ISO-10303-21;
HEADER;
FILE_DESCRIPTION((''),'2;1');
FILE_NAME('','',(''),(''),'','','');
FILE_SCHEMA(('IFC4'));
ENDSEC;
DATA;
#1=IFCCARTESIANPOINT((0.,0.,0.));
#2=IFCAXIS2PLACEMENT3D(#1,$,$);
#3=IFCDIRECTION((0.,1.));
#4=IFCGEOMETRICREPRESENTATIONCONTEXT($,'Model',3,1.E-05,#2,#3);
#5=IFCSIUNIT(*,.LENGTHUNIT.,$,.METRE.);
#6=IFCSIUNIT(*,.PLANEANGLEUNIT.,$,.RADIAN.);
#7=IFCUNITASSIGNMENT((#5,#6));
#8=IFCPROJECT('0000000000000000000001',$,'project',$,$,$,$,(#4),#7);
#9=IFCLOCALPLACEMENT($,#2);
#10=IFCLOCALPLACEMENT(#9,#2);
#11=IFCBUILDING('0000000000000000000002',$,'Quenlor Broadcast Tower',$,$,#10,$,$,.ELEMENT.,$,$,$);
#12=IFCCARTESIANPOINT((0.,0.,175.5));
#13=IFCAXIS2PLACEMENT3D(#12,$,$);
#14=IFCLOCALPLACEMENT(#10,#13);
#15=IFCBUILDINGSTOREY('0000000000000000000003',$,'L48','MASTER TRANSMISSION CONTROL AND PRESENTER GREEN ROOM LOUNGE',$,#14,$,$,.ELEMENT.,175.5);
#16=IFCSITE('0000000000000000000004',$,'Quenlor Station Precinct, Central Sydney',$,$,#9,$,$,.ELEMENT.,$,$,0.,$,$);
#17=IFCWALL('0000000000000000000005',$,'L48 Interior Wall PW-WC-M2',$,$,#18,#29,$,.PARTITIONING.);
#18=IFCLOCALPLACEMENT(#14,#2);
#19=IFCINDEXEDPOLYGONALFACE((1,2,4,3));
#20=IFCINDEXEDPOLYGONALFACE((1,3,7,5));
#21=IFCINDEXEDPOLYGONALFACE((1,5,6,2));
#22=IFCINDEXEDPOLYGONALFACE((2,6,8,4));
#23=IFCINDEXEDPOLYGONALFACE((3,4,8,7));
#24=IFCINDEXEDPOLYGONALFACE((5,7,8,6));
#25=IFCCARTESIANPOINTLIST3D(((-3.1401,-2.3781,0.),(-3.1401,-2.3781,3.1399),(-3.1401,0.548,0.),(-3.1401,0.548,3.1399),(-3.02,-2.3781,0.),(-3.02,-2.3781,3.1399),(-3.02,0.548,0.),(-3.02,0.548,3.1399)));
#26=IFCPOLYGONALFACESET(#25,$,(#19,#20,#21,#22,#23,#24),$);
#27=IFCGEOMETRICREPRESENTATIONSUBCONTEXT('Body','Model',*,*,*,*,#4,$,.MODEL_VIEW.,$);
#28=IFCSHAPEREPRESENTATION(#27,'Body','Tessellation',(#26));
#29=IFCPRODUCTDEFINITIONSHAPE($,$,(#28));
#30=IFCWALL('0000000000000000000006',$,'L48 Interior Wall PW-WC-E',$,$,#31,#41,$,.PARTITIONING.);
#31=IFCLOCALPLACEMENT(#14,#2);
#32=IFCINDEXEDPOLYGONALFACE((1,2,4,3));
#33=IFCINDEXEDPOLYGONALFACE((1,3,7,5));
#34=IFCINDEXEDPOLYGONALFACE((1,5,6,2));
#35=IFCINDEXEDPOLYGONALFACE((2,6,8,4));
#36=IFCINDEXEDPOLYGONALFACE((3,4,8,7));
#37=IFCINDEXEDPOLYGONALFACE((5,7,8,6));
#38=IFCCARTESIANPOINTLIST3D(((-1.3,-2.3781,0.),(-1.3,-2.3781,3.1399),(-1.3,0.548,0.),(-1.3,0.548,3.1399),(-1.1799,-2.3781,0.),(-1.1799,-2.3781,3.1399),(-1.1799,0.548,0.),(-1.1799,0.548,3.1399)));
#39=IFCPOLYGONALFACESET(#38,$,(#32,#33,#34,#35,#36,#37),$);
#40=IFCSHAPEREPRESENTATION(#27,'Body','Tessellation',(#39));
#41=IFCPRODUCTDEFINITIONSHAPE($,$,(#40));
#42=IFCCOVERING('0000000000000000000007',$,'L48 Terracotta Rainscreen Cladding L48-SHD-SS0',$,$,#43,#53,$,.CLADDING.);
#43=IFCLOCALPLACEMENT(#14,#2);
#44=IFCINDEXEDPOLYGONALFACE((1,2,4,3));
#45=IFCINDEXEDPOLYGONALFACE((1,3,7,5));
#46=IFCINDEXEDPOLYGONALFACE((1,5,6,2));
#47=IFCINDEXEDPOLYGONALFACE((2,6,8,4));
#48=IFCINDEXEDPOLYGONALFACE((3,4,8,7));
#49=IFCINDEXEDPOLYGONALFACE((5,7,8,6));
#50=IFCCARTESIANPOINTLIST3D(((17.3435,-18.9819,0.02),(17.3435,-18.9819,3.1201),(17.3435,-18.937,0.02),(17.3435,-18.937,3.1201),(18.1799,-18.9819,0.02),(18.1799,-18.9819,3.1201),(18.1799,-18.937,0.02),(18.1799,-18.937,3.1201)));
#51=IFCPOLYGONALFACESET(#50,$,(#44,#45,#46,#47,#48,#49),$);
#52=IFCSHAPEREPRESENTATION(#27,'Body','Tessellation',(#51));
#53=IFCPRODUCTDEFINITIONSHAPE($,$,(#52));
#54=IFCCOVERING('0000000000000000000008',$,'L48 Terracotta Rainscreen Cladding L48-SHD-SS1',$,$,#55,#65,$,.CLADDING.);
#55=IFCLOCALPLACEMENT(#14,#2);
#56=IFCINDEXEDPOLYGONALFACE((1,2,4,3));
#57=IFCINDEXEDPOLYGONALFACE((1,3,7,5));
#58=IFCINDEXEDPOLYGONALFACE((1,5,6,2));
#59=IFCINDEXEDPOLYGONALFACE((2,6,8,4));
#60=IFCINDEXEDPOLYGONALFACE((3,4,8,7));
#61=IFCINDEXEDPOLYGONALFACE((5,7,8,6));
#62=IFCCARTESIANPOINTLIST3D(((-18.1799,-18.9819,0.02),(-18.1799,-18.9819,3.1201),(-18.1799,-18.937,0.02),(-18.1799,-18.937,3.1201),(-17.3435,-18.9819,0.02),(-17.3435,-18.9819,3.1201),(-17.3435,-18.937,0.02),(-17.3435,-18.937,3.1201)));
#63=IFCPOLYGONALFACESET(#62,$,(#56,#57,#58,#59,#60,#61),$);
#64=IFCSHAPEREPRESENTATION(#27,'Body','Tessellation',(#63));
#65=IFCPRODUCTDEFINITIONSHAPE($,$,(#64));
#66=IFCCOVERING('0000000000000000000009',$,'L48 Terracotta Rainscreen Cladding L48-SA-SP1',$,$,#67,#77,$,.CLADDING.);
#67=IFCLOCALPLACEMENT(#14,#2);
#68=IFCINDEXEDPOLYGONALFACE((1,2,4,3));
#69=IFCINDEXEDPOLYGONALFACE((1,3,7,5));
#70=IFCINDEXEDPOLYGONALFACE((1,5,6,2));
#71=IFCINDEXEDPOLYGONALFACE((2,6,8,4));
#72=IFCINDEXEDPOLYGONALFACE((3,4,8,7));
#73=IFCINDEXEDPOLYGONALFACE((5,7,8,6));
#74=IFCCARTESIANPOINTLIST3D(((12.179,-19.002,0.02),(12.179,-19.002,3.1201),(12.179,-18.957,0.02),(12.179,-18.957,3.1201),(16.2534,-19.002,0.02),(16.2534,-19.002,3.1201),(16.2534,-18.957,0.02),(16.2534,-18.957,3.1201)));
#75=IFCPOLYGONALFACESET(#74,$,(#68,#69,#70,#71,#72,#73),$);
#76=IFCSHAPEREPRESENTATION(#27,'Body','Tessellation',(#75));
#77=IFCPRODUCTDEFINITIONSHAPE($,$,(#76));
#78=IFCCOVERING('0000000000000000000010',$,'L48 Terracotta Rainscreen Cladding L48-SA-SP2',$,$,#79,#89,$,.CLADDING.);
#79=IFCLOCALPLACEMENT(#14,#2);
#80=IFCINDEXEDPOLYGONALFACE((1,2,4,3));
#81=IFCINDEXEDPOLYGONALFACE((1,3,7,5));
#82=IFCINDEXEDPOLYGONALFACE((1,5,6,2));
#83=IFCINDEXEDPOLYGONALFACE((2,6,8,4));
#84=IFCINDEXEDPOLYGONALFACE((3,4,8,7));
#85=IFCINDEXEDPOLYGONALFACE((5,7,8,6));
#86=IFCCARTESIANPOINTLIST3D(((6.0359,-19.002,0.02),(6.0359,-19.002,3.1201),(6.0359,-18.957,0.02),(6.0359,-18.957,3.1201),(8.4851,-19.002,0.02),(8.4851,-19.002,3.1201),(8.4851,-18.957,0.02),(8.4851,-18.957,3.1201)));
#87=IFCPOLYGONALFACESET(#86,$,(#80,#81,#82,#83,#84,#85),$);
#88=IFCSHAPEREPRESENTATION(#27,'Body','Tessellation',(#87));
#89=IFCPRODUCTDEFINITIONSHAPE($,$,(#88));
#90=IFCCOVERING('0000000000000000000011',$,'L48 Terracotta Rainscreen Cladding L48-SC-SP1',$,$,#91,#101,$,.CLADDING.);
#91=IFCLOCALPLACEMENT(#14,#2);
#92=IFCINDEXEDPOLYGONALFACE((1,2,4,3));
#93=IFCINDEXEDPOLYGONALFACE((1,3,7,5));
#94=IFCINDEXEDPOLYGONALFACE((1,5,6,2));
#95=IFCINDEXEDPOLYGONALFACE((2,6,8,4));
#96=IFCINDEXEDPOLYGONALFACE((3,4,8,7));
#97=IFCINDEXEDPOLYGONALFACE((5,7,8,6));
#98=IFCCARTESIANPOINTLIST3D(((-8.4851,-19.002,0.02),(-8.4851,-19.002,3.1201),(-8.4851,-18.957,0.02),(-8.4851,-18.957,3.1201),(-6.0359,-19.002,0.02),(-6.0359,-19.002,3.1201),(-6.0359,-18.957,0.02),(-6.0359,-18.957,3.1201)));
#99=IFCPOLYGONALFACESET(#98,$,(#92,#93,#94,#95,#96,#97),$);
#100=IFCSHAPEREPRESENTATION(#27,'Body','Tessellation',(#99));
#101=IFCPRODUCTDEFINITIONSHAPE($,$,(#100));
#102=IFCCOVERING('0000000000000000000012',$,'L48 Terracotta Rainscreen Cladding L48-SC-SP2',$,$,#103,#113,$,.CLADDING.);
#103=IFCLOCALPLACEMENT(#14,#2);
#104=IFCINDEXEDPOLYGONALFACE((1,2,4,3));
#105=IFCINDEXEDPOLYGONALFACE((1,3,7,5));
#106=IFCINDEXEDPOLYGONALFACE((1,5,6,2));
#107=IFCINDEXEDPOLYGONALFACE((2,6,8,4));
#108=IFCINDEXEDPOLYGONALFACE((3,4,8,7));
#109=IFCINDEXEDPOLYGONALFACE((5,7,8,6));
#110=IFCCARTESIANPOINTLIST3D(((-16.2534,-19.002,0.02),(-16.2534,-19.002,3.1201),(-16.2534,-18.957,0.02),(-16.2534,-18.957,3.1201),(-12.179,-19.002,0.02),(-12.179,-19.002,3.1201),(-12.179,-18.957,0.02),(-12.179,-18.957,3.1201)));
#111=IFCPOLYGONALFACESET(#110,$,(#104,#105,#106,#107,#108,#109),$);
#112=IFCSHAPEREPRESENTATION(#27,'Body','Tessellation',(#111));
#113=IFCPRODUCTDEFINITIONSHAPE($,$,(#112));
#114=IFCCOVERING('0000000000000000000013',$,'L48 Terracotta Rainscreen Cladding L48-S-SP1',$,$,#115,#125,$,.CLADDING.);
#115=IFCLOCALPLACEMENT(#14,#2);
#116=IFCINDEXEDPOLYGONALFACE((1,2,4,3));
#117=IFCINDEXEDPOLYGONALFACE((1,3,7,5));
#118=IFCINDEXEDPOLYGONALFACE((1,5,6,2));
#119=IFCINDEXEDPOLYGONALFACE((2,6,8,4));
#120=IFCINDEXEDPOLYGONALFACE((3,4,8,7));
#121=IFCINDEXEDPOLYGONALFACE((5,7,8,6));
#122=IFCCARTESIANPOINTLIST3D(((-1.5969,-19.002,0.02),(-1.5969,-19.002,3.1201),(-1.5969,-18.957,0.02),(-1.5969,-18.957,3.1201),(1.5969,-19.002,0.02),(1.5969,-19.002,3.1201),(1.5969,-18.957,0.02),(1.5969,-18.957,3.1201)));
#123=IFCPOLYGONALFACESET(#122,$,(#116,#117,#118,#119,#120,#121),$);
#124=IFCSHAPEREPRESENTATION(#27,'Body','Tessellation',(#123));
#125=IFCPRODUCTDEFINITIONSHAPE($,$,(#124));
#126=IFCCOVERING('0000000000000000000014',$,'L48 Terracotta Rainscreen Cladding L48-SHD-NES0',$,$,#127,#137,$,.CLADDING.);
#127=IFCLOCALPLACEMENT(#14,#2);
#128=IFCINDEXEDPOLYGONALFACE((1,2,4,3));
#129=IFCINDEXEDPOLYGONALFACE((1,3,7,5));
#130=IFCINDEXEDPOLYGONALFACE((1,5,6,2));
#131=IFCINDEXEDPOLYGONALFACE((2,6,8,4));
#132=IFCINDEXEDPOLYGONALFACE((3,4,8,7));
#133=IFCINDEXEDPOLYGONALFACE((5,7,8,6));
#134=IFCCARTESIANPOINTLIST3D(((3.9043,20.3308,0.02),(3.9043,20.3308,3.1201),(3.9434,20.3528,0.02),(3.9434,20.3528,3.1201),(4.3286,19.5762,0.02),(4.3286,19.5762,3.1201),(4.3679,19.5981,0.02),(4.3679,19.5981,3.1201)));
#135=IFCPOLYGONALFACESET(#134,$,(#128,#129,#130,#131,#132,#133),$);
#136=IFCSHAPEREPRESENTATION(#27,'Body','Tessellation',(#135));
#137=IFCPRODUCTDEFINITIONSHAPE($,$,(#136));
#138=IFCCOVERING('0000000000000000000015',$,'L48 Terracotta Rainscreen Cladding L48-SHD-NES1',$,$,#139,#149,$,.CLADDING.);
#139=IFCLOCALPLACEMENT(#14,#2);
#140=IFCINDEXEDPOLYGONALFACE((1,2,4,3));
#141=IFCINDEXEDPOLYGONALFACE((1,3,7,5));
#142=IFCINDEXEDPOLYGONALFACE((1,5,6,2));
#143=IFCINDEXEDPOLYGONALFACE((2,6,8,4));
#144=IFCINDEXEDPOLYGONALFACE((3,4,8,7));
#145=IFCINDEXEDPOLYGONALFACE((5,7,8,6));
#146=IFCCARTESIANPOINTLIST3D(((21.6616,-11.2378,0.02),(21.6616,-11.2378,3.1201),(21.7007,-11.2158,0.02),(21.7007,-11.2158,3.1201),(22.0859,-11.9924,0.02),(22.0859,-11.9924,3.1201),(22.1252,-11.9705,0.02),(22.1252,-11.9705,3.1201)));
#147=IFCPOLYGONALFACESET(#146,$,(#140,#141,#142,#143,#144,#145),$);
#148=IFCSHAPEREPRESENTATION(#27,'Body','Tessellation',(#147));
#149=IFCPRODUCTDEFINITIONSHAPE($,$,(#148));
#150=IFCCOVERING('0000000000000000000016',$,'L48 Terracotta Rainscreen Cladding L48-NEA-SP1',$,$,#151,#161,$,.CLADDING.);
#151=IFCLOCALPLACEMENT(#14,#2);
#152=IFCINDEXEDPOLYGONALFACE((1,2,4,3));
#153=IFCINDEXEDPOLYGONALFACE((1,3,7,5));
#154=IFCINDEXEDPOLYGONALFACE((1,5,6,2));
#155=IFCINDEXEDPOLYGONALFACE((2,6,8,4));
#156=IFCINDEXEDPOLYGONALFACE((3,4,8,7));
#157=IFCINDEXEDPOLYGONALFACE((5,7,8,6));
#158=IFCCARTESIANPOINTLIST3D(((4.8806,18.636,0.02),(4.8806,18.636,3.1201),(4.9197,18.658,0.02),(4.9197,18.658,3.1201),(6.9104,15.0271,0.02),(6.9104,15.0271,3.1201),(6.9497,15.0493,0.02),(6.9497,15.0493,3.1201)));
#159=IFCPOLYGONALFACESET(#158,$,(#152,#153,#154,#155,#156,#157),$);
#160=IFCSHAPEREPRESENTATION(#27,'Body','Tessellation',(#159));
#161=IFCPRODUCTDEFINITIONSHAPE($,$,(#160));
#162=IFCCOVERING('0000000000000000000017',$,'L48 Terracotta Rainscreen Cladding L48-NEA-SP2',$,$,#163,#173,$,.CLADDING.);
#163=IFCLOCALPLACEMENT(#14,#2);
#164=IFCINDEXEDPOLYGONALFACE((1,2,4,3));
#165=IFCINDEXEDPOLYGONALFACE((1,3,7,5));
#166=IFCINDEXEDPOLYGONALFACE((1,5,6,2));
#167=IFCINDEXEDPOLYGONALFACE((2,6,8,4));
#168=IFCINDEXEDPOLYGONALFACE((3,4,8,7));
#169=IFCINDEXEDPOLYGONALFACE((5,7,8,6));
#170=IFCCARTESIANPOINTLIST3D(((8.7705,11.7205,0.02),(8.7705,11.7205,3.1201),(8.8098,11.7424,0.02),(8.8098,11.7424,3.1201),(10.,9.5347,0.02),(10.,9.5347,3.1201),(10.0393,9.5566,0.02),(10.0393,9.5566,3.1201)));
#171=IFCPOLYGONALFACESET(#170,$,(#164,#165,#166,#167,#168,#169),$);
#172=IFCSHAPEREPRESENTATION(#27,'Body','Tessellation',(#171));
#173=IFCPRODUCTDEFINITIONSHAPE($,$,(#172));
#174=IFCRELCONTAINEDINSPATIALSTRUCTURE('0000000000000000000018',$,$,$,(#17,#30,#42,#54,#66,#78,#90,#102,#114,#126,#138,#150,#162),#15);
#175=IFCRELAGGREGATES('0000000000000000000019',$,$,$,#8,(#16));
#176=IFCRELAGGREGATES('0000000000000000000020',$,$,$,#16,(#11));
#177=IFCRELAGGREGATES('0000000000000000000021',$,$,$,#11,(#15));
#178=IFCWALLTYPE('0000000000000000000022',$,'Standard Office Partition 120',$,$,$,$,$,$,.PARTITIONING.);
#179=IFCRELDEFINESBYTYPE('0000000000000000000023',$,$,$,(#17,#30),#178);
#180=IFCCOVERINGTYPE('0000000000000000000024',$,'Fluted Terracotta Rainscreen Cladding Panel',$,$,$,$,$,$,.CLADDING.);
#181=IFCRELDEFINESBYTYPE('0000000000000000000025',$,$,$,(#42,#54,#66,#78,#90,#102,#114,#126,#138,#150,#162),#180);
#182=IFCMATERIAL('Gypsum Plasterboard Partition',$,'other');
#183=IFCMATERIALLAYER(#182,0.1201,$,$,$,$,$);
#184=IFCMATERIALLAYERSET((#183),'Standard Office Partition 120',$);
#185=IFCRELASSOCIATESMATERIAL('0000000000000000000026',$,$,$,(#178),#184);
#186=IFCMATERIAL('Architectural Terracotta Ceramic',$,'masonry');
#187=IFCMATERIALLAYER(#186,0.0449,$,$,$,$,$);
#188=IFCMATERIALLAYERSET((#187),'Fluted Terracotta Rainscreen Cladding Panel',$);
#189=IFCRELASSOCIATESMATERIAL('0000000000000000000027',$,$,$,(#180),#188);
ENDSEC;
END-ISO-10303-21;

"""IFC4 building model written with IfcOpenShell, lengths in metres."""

from ifc_helpers import new_model, si_unit, direction, frame, frame_2d, origin, place, context, subcontext, project, spatial, polyline, rectangle, outline, extrude, material, layer, layer_set, type_object, element, save


model = new_model("IFC4")

# Units and contexts
model_context = context("Model", 3, precision=1e-05, world=origin(), true_north=direction((0.0, 1.0)))
body_context = subcontext(model_context, "Body", "Model", "MODEL_VIEW")
ifc_project = project(units=[si_unit("LENGTHUNIT", "METRE"), si_unit("PLANEANGLEUNIT", "RADIAN")], contexts=[model_context])

# Site, building, storey
site_placement = place(None, origin())
site = spatial("IfcSite", under=ifc_project, at=site_placement, Name="Quenlor Station Precinct, Central Sydney", CompositionType="ELEMENT", RefElevation=0.0)
building_placement = place(site_placement, origin())
building = spatial("IfcBuilding", under=site, at=building_placement, Name="Quenlor Broadcast Tower", CompositionType="ELEMENT")
storey_placement = place(building_placement, frame((0.0, 0.0, 175.5)))
storey = spatial("IfcBuildingStorey", under=building, at=storey_placement, Name="L48", Description="MASTER TRANSMISSION CONTROL AND PRESENTER GREEN ROOM LOUNGE", CompositionType="ELEMENT", Elevation=175.5)

# Walls
ifc_material_1 = material(Name="Gypsum Plasterboard Partition", Category="other")
ifc_layer_1 = layer(ifc_material_1, 0.1201)
ifc_layer_set_1 = layer_set([ifc_layer_1], Name="Standard Office Partition 120")
wall_type = type_object("IfcWallType", Name="Standard Office Partition 120", PredefinedType="PARTITIONING", material=ifc_layer_set_1)
for number, where, z_axis, x_axis, name in (
    (1, (-3.0801, -2.3779, 0.0), (0.0, 0.0, 1.0), (0.0, 1.0, 0.0), "L48 Interior Wall PW-WC-M2"),
    (2, (-1.24, -2.3779, 0.0), (0.0, 0.0, 1.0), (0.0, 1.0, 0.0), "L48 Interior Wall PW-WC-E"),
):
    element("IfcWall", number, at=place(storey_placement, frame(where, z_axis=z_axis, x_axis=x_axis)), inside=storey, type_object=wall_type, Name=name, PredefinedType="PARTITIONING", context=body_context, shape_type="SweptSolid", body=[
        extrude(rectangle(XDim=2.926, YDim=0.1201, at=frame_2d((1.4629, 0.0))), origin(), (0.0, 0.0, 1.0), 3.1399),
    ])

# Coverings
ifc_material_2 = material(Name="Architectural Terracotta Ceramic", Category="masonry")
ifc_layer_2 = layer(ifc_material_2, 0.0449)
ifc_layer_set_2 = layer_set([ifc_layer_2], Name="Fluted Terracotta Rainscreen Cladding Panel")
covering_type = type_object("IfcCoveringType", Name="Fluted Terracotta Rainscreen Cladding Panel", PredefinedType="CLADDING", material=ifc_layer_set_2)
covering_1_placement = place(storey_placement, frame((0.0, 0.0, 0.02)))
element("IfcCovering", 3, at=covering_1_placement, inside=storey, type_object=covering_type, Name="L48 Terracotta Rainscreen Cladding L48-SHD-SS0", PredefinedType="CLADDING", context=body_context, shape_type="SweptSolid", body=[
    extrude(outline(polyline([(18.1799, -18.937), (17.3435, -18.937), (17.3435, -18.9819), (18.1799, -18.9819), (18.1799, -18.937)])), origin(), (0.0, 0.0, 1.0), 3.1001),
])
covering_2_placement = place(storey_placement, frame((0.0, 0.0, 0.02)))
element("IfcCovering", 4, at=covering_2_placement, inside=storey, type_object=covering_type, Name="L48 Terracotta Rainscreen Cladding L48-SHD-SS1", PredefinedType="CLADDING", context=body_context, shape_type="SweptSolid", body=[
    extrude(outline(polyline([(-17.3435, -18.937), (-18.1799, -18.937), (-18.1799, -18.9819), (-17.3435, -18.9819), (-17.3435, -18.937)])), origin(), (0.0, 0.0, 1.0), 3.1001),
])
covering_3_placement = place(storey_placement, frame((0.0, 0.0, 0.02)))
element("IfcCovering", 5, at=covering_3_placement, inside=storey, type_object=covering_type, Name="L48 Terracotta Rainscreen Cladding L48-SA-SP1", PredefinedType="CLADDING", context=body_context, shape_type="SweptSolid", body=[
    extrude(outline(polyline([(16.2534, -18.957), (12.179, -18.957), (12.179, -19.002), (16.2534, -19.002), (16.2534, -18.957)])), origin(), (0.0, 0.0, 1.0), 3.1001),
])
covering_4_placement = place(storey_placement, frame((0.0, 0.0, 0.02)))
element("IfcCovering", 6, at=covering_4_placement, inside=storey, type_object=covering_type, Name="L48 Terracotta Rainscreen Cladding L48-SA-SP2", PredefinedType="CLADDING", context=body_context, shape_type="SweptSolid", body=[
    extrude(outline(polyline([(8.4851, -18.957), (6.0359, -18.957), (6.0359, -19.002), (8.4851, -19.002), (8.4851, -18.957)])), origin(), (0.0, 0.0, 1.0), 3.1001),
])
covering_5_placement = place(storey_placement, frame((0.0, 0.0, 0.02)))
element("IfcCovering", 7, at=covering_5_placement, inside=storey, type_object=covering_type, Name="L48 Terracotta Rainscreen Cladding L48-SC-SP1", PredefinedType="CLADDING", context=body_context, shape_type="SweptSolid", body=[
    extrude(outline(polyline([(-6.0359, -18.957), (-8.4851, -18.957), (-8.4851, -19.002), (-6.0359, -19.002), (-6.0359, -18.957)])), origin(), (0.0, 0.0, 1.0), 3.1001),
])
covering_6_placement = place(storey_placement, frame((0.0, 0.0, 0.02)))
element("IfcCovering", 8, at=covering_6_placement, inside=storey, type_object=covering_type, Name="L48 Terracotta Rainscreen Cladding L48-SC-SP2", PredefinedType="CLADDING", context=body_context, shape_type="SweptSolid", body=[
    extrude(outline(polyline([(-12.179, -18.957), (-16.2534, -18.957), (-16.2534, -19.002), (-12.179, -19.002), (-12.179, -18.957)])), origin(), (0.0, 0.0, 1.0), 3.1001),
])
covering_7_placement = place(storey_placement, frame((0.0, 0.0, 0.02)))
element("IfcCovering", 9, at=covering_7_placement, inside=storey, type_object=covering_type, Name="L48 Terracotta Rainscreen Cladding L48-S-SP1", PredefinedType="CLADDING", context=body_context, shape_type="SweptSolid", body=[
    extrude(outline(polyline([(1.5969, -18.957), (-1.5969, -18.957), (-1.5969, -19.002), (1.5969, -19.002), (1.5969, -18.957)])), origin(), (0.0, 0.0, 1.0), 3.1001),
])
covering_8_placement = place(storey_placement, frame((0.0, 0.0, 0.02)))
element("IfcCovering", 10, at=covering_8_placement, inside=storey, type_object=covering_type, Name="L48 Terracotta Rainscreen Cladding L48-SHD-NES0", PredefinedType="CLADDING", context=body_context, shape_type="SweptSolid", body=[
    extrude(outline(polyline([(3.9043, 20.3308), (4.3286, 19.5762), (4.3679, 19.5981), (3.9434, 20.3528), (3.9043, 20.3308)])), origin(), (0.0, 0.0, 1.0), 3.1001),
])
covering_9_placement = place(storey_placement, frame((0.0, 0.0, 0.02)))
element("IfcCovering", 11, at=covering_9_placement, inside=storey, type_object=covering_type, Name="L48 Terracotta Rainscreen Cladding L48-SHD-NES1", PredefinedType="CLADDING", context=body_context, shape_type="SweptSolid", body=[
    extrude(outline(polyline([(21.6616, -11.2378), (22.0859, -11.9924), (22.1252, -11.9705), (21.7007, -11.2158), (21.6616, -11.2378)])), origin(), (0.0, 0.0, 1.0), 3.1001),
])
covering_10_placement = place(storey_placement, frame((0.0, 0.0, 0.02)))
element("IfcCovering", 12, at=covering_10_placement, inside=storey, type_object=covering_type, Name="L48 Terracotta Rainscreen Cladding L48-NEA-SP1", PredefinedType="CLADDING", context=body_context, shape_type="SweptSolid", body=[
    extrude(outline(polyline([(4.8806, 18.636), (6.9104, 15.0271), (6.9497, 15.0493), (4.9197, 18.658), (4.8806, 18.636)])), origin(), (0.0, 0.0, 1.0), 3.1001),
])
covering_11_placement = place(storey_placement, frame((0.0, 0.0, 0.02)))
element("IfcCovering", 13, at=covering_11_placement, inside=storey, type_object=covering_type, Name="L48 Terracotta Rainscreen Cladding L48-NEA-SP2", PredefinedType="CLADDING", context=body_context, shape_type="SweptSolid", body=[
    extrude(outline(polyline([(8.7705, 11.7205), (10.0, 9.5347), (10.0393, 9.5566), (8.8098, 11.7424), (8.7705, 11.7205)])), origin(), (0.0, 0.0, 1.0), 3.1001),
])

save(model, "model.ifc")
